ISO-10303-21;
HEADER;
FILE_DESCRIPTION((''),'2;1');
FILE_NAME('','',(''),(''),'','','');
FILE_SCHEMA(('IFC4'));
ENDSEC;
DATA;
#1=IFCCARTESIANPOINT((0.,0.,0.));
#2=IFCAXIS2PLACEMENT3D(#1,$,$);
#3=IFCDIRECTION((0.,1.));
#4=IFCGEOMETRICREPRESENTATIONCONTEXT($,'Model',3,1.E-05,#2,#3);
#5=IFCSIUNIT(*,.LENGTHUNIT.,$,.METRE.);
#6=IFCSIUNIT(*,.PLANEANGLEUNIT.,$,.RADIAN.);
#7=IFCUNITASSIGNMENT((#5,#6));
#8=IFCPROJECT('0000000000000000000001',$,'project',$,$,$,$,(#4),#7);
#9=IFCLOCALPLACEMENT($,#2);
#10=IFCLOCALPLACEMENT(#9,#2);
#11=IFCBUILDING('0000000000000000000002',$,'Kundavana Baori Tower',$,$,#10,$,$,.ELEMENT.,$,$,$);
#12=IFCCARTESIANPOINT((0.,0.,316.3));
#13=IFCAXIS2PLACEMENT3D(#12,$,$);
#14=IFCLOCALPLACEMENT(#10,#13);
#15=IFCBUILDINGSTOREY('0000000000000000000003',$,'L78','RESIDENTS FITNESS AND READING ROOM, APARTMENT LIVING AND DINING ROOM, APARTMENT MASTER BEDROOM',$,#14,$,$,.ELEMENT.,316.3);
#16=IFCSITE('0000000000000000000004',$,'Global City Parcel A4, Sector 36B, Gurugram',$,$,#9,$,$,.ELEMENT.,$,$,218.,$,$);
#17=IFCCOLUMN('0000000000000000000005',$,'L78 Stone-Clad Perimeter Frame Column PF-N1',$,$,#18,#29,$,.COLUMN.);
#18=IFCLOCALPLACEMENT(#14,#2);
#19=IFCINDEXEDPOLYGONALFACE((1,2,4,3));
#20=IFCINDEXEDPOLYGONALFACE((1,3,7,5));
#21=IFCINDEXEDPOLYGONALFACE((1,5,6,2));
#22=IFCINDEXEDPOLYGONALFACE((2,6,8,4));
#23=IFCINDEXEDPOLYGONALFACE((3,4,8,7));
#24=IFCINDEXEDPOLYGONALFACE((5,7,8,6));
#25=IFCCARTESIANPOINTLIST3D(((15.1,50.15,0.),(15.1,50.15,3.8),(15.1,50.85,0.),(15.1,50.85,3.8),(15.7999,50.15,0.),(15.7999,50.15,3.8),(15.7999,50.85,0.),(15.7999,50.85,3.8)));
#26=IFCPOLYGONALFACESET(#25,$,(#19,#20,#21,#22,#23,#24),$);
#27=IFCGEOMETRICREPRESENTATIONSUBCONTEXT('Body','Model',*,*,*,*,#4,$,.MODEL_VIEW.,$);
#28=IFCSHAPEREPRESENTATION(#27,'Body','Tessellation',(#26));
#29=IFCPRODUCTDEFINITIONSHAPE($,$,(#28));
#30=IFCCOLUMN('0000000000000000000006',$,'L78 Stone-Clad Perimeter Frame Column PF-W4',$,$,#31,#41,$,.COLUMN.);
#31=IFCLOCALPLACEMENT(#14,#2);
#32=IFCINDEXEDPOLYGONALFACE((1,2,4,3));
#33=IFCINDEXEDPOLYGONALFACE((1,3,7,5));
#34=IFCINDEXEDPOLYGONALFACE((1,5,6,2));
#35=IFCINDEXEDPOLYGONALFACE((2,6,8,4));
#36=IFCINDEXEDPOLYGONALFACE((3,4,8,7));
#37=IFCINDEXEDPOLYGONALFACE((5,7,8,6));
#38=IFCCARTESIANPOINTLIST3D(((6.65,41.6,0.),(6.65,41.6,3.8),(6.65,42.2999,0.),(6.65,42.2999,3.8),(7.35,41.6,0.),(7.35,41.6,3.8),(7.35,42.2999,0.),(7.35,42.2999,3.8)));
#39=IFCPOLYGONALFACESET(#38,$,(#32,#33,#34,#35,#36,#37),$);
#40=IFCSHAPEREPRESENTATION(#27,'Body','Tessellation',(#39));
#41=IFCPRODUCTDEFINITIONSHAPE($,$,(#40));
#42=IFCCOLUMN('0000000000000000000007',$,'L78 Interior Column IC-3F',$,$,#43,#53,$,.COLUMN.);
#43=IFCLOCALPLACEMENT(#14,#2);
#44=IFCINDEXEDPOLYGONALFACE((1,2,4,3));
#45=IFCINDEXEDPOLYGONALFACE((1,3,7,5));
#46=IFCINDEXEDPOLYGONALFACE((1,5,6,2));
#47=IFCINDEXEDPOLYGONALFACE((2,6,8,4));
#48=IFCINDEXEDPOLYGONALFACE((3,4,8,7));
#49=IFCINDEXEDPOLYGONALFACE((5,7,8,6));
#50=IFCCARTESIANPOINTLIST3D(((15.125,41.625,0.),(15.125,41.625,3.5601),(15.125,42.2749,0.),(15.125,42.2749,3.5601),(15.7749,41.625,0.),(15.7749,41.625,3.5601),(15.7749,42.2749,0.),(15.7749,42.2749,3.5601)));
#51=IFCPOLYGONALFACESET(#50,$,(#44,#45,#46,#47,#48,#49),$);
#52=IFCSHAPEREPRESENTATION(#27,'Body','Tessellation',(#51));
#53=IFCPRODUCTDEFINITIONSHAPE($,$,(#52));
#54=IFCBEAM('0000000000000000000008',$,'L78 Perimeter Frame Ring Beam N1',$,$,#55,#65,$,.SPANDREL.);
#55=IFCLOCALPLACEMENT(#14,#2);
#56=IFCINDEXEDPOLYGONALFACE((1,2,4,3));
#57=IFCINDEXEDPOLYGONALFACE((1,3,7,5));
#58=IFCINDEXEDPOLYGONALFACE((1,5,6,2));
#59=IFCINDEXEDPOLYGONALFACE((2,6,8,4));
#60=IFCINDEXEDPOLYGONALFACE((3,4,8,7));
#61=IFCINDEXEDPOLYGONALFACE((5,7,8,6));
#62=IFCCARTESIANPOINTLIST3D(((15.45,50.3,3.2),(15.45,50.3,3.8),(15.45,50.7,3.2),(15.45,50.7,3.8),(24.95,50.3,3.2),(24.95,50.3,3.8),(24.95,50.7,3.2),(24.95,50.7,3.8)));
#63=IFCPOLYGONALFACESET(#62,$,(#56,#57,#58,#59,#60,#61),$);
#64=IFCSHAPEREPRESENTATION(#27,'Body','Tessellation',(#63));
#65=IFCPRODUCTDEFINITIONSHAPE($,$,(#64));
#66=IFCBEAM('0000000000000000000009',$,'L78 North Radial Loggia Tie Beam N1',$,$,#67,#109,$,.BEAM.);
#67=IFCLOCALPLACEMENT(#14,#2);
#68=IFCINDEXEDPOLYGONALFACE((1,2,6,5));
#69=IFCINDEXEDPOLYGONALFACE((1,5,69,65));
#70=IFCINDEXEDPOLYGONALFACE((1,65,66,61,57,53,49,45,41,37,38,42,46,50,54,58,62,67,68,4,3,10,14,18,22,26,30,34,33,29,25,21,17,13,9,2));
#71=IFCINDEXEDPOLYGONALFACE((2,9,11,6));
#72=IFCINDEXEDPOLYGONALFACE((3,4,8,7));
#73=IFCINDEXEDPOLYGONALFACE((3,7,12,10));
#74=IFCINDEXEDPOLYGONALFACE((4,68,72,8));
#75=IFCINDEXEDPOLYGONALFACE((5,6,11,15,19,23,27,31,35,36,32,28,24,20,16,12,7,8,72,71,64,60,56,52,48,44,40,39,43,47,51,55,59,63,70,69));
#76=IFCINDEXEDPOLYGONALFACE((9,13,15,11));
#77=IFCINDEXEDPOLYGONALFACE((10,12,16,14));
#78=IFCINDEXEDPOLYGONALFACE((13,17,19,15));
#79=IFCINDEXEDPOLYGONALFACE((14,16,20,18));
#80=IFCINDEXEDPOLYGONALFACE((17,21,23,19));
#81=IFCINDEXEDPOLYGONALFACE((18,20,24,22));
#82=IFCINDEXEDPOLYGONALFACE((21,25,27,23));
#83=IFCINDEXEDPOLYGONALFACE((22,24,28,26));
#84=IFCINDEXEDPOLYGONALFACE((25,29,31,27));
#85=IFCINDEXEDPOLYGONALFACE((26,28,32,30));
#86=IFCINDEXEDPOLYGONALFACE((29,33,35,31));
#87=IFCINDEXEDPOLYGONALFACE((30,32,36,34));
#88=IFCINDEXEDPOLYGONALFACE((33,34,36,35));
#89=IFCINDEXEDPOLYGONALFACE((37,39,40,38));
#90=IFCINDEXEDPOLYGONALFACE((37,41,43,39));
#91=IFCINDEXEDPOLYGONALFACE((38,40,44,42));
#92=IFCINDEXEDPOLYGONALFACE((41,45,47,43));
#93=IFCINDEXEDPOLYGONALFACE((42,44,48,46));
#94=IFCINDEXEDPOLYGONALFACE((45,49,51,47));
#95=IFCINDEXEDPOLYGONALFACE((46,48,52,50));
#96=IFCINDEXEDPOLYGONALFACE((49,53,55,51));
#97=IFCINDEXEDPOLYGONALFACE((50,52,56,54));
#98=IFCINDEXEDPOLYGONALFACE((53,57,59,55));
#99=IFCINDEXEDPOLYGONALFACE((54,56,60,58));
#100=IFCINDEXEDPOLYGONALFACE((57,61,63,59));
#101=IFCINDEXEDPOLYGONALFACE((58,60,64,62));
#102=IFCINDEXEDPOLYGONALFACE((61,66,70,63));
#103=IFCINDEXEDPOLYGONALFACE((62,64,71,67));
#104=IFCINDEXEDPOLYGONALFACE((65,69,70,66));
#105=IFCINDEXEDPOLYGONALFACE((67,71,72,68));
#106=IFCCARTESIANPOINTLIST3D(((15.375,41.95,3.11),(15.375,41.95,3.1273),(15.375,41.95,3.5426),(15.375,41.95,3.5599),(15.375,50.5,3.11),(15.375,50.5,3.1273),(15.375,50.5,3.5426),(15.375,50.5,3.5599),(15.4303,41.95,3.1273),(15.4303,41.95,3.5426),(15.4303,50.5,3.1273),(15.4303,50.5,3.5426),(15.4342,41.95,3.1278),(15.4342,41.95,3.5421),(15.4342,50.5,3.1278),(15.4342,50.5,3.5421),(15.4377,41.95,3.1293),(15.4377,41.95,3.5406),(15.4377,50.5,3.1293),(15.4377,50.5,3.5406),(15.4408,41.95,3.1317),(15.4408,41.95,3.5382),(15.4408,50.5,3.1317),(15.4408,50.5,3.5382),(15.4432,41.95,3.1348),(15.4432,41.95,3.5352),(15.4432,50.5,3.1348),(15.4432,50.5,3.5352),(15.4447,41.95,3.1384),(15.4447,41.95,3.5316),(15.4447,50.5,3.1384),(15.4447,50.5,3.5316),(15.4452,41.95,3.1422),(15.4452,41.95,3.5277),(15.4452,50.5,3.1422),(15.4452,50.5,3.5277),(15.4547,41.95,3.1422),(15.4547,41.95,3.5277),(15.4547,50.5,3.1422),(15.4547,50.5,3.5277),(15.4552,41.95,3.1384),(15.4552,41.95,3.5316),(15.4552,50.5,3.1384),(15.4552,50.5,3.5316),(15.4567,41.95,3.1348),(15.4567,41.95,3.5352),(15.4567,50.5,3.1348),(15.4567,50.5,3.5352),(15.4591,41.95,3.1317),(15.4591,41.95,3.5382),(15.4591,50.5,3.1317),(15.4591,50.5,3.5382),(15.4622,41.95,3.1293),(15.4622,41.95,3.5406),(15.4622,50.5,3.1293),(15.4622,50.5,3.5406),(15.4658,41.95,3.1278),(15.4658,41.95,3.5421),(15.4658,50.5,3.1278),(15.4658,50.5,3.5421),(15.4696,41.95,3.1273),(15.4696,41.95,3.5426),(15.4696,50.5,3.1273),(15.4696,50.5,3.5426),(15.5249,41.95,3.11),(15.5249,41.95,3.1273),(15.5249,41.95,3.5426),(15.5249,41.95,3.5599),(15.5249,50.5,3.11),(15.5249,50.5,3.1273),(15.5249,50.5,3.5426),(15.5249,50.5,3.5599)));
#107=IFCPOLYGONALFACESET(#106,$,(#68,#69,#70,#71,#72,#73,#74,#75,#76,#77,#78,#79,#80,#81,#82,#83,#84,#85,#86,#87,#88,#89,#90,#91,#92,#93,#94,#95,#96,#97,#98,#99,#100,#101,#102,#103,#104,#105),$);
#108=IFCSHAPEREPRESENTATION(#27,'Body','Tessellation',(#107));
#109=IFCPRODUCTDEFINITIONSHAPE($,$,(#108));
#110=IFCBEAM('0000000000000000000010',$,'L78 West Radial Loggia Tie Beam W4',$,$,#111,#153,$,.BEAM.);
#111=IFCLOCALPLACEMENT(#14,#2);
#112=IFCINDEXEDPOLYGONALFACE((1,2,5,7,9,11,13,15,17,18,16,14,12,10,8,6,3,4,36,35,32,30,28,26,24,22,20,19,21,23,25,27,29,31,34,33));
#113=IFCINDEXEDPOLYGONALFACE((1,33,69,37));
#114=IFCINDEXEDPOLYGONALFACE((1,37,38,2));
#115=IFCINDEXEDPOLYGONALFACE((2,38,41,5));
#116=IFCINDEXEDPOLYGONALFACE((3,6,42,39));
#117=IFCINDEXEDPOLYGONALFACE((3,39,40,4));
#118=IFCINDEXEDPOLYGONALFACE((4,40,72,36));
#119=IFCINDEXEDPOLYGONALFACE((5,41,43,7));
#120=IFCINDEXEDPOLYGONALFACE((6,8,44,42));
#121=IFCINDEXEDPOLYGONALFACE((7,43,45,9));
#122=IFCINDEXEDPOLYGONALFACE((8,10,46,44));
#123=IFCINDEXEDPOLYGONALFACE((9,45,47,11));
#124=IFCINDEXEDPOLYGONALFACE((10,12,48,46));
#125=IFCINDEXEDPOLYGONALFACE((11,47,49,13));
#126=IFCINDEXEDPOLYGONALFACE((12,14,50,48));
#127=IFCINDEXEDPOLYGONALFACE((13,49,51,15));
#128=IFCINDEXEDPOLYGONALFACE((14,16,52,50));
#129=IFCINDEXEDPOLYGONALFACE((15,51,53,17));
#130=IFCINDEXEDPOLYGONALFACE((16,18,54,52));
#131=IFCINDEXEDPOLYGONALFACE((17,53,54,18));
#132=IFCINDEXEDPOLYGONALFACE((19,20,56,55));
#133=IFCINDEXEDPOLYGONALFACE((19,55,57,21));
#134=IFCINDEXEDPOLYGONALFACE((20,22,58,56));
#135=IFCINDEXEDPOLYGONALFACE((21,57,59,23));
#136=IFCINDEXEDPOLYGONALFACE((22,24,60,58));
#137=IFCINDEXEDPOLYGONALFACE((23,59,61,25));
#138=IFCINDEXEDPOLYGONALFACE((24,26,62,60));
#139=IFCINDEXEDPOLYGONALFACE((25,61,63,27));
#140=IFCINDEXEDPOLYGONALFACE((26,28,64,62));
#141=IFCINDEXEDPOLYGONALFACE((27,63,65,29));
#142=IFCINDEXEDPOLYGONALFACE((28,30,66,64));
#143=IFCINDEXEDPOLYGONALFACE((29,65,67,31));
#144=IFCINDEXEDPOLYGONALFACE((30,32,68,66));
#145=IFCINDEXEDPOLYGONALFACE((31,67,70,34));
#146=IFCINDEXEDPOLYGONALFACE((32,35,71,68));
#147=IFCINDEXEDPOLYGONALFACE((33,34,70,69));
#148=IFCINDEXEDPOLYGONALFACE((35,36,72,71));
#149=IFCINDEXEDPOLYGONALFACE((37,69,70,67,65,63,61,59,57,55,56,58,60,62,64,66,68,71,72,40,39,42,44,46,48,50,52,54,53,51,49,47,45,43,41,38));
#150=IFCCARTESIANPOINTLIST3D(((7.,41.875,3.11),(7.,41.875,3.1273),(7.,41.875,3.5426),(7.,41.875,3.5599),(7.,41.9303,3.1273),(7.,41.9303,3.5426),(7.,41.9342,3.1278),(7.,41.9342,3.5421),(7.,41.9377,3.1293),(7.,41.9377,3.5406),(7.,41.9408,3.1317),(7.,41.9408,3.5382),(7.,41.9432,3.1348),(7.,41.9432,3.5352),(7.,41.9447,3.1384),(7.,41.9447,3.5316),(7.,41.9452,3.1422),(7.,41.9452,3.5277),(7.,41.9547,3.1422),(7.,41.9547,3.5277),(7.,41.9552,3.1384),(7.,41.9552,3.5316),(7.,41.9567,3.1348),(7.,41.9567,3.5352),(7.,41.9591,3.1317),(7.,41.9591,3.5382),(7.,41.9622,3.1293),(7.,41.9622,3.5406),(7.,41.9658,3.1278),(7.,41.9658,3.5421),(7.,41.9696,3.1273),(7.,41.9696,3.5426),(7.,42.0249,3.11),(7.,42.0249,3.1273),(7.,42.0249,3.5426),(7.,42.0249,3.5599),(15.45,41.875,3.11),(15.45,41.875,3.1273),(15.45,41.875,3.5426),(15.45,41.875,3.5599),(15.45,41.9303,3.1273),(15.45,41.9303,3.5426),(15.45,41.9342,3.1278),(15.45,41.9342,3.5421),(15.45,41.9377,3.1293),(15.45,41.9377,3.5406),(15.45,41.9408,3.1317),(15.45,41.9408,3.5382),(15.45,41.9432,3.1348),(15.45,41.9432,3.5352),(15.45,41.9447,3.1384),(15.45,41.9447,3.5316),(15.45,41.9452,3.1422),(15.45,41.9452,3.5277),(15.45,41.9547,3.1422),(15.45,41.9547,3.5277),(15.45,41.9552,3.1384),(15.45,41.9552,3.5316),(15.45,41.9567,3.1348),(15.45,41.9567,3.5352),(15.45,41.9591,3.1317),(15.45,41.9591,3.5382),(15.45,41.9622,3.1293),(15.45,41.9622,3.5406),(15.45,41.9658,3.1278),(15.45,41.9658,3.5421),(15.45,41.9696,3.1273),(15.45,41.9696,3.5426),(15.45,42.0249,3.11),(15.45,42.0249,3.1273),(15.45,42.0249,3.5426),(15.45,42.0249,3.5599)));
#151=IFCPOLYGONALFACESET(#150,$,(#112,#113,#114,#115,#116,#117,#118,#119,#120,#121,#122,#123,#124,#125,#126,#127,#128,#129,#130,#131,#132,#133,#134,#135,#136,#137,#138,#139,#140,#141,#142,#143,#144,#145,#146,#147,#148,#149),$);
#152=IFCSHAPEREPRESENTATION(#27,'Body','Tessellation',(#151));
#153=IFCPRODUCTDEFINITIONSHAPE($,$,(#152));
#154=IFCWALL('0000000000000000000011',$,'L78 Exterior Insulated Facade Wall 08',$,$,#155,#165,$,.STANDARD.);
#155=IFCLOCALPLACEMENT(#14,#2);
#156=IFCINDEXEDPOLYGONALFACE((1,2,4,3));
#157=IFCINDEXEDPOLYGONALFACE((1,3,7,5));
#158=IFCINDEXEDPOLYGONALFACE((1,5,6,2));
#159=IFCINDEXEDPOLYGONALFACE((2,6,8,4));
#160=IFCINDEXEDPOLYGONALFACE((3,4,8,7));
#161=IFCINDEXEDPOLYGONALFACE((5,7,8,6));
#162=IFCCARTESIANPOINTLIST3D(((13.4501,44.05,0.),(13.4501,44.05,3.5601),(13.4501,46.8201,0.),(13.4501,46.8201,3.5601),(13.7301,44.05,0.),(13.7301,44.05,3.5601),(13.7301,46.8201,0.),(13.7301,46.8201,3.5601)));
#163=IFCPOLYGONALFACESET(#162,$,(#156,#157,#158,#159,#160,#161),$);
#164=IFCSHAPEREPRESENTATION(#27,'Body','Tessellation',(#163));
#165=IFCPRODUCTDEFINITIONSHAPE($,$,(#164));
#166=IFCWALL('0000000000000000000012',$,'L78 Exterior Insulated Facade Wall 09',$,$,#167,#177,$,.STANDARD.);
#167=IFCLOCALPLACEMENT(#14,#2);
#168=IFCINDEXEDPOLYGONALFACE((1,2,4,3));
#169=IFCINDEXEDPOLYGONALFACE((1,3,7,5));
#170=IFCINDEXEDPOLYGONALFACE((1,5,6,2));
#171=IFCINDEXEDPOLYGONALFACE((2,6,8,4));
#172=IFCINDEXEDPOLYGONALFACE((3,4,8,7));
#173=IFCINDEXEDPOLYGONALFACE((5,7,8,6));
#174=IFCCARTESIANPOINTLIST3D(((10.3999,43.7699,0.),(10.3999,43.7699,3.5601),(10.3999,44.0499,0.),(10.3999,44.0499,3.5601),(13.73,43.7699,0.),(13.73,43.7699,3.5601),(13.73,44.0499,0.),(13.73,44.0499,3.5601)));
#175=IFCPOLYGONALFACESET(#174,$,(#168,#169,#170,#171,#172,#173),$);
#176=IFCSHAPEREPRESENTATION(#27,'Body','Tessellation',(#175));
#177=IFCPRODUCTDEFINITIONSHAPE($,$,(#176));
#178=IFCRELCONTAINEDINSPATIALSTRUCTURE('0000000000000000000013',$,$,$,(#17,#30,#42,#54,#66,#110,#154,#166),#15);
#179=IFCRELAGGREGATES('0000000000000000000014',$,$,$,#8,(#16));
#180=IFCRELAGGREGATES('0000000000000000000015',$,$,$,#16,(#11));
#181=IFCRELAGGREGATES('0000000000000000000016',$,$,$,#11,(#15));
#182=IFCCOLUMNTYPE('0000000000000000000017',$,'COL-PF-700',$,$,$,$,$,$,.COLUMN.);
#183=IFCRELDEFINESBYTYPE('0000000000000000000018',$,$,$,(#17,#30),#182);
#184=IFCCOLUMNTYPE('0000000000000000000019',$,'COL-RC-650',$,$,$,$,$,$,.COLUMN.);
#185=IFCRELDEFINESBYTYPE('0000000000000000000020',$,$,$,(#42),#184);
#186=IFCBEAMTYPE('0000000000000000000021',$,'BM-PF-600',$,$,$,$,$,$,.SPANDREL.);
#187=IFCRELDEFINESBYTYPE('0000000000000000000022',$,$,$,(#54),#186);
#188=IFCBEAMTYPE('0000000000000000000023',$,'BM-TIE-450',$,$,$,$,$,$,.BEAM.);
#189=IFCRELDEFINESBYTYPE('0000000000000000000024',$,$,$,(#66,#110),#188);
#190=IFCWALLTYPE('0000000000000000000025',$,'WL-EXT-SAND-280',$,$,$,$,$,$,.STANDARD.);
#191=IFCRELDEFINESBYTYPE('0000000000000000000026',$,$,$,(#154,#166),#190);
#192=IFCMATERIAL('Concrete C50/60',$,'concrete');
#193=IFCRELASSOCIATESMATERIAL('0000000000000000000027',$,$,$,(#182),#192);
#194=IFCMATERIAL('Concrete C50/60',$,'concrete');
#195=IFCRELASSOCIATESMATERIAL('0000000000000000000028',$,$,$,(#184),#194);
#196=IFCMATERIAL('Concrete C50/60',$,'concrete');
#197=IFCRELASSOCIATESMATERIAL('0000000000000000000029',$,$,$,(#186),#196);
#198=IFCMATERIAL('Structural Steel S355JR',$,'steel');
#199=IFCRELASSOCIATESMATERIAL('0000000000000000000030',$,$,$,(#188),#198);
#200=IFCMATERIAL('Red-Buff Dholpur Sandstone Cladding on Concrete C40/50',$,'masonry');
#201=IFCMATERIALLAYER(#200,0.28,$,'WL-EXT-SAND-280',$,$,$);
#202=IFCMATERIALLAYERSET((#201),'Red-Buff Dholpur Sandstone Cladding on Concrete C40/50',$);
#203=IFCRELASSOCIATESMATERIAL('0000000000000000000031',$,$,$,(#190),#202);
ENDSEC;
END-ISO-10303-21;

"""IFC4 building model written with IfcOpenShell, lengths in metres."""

from ifc_helpers import new_model, si_unit, direction, frame, frame_2d, origin, origin_2d, place, context, subcontext, project, spatial, rectangle, i_section, extrude, material, layer, layer_set, material_profile, profile_set, type_object, element, save


model = new_model("IFC4")

# Units and contexts
model_context = context("Model", 3, precision=1e-05, world=origin(), true_north=direction((0.0, 1.0)))
body_context = subcontext(model_context, "Body", "Model", "MODEL_VIEW")
ifc_project = project(units=[si_unit("LENGTHUNIT", "METRE"), si_unit("PLANEANGLEUNIT", "RADIAN")], contexts=[model_context])

# Site, building, storey
site_placement = place(None, origin())
site = spatial("IfcSite", under=ifc_project, at=site_placement, Name="Global City Parcel A4, Sector 36B, Gurugram", CompositionType="ELEMENT", RefElevation=218.0)
building_placement = place(site_placement, origin())
building = spatial("IfcBuilding", under=site, at=building_placement, Name="Kundavana Baori Tower", CompositionType="ELEMENT")
storey_placement = place(building_placement, frame((0.0, 0.0, 316.3)))
storey = spatial("IfcBuildingStorey", under=building, at=storey_placement, Name="L78", Description="RESIDENTS FITNESS AND READING ROOM, APARTMENT LIVING AND DINING ROOM, APARTMENT MASTER BEDROOM", CompositionType="ELEMENT", Elevation=316.3)

# Columns
ifc_material_1 = material(Name="Concrete C50/60", Category="concrete")
ifc_material_profile_1 = material_profile(ifc_material_1, rectangle(XDim=0.7, YDim=0.7, at=origin_2d()), Name="RC PF 700x700")
ifc_profile_set_1 = profile_set([ifc_material_profile_1], Name="Concrete C50/60")
column_type_1 = type_object("IfcColumnType", Name="COL-PF-700", PredefinedType="COLUMN", material=ifc_profile_set_1)
for number, where, z_axis, x_axis, name in (
    (1, (15.45, 50.5, 0.0), (0.0, 0.0, 1.0), (1.0, 0.0, 0.0), "L78 Stone-Clad Perimeter Frame Column PF-N1"),
    (2, (7.0, 41.95, 0.0), (0.0, 0.0, 1.0), (1.0, 0.0, 0.0), "L78 Stone-Clad Perimeter Frame Column PF-W4"),
):
    element("IfcColumn", number, at=place(storey_placement, frame(where, z_axis=z_axis, x_axis=x_axis)), inside=storey, type_object=column_type_1, Name=name, PredefinedType="COLUMN", context=body_context, shape_type="SweptSolid", body=[
        extrude(rectangle(XDim=0.7, YDim=0.7, at=origin_2d()), origin(), (0.0, 0.0, 1.0), 3.8),
    ])
ifc_material_2 = material(Name="Concrete C50/60", Category="concrete")
ifc_material_profile_2 = material_profile(ifc_material_2, rectangle(XDim=0.6499, YDim=0.6499, at=origin_2d()), Name="RC 650x650")
ifc_profile_set_2 = profile_set([ifc_material_profile_2], Name="Concrete C50/60")
column_type_2 = type_object("IfcColumnType", Name="COL-RC-650", PredefinedType="COLUMN", material=ifc_profile_set_2)
column_placement = place(storey_placement, frame((15.45, 41.95, 0.0), z_axis=(0.0, 0.0, 1.0), x_axis=(1.0, 0.0, 0.0)))
element("IfcColumn", 3, at=column_placement, inside=storey, type_object=column_type_2, Name="L78 Interior Column IC-3F", PredefinedType="COLUMN", context=body_context, shape_type="SweptSolid", body=[
    extrude(rectangle(XDim=0.6499, YDim=0.6499, at=origin_2d()), origin(), (0.0, 0.0, 1.0), 3.5601),
])

# Beams
ifc_material_3 = material(Name="Concrete C50/60", Category="concrete")
ifc_material_profile_3 = material_profile(ifc_material_3, rectangle(XDim=0.3999, YDim=0.6001, at=origin_2d()), Name="RC BM 400x600")
ifc_profile_set_3 = profile_set([ifc_material_profile_3], Name="Concrete C50/60")
beam_type_1 = type_object("IfcBeamType", Name="BM-PF-600", PredefinedType="SPANDREL", material=ifc_profile_set_3)
beam_1_placement = place(storey_placement, frame((15.45, 50.5, 3.5), z_axis=(1.0, 0.0, 0.0), x_axis=(0.0, 1.0, 0.0)))
element("IfcBeam", 4, at=beam_1_placement, inside=storey, type_object=beam_type_1, Name="L78 Perimeter Frame Ring Beam N1", PredefinedType="SPANDREL", context=body_context, shape_type="SweptSolid", body=[
    extrude(rectangle(XDim=0.3999, YDim=0.6001, at=origin_2d()), origin(), (0.0, 0.0, 1.0), 9.5),
])
ifc_material_4 = material(Name="Structural Steel S355JR", Category="steel")
ifc_material_profile_4 = material_profile(ifc_material_4, i_section(OverallWidth=0.1499, OverallDepth=0.45, WebThickness=0.0095, FlangeThickness=0.0173, FilletRadius=0.0149, at=origin_2d()), Name="ISMB 450")
ifc_profile_set_4 = profile_set([ifc_material_profile_4], Name="Structural Steel S355JR")
beam_type_2 = type_object("IfcBeamType", Name="BM-TIE-450", PredefinedType="BEAM", material=ifc_profile_set_4)
beam_2_placement = place(storey_placement, frame((15.45, 41.95, 3.335), z_axis=(0.0, 1.0, 0.0), x_axis=(-1.0, 0.0, 0.0)))
element("IfcBeam", 5, at=beam_2_placement, inside=storey, type_object=beam_type_2, Name="L78 North Radial Loggia Tie Beam N1", PredefinedType="BEAM", context=body_context, shape_type="SweptSolid", body=[
    extrude(i_section(OverallWidth=0.1499, OverallDepth=0.45, WebThickness=0.0095, FlangeThickness=0.0173, FilletRadius=0.0149, at=origin_2d()), origin(), (0.0, 0.0, 1.0), 8.55),
])
beam_3_placement = place(storey_placement, frame((15.45, 41.95, 3.335), z_axis=(-1.0, 0.0, 0.0), x_axis=(0.0, -1.0, 0.0)))
element("IfcBeam", 6, at=beam_3_placement, inside=storey, type_object=beam_type_2, Name="L78 West Radial Loggia Tie Beam W4", PredefinedType="BEAM", context=body_context, shape_type="SweptSolid", body=[
    extrude(i_section(OverallWidth=0.1499, OverallDepth=0.45, WebThickness=0.0095, FlangeThickness=0.0173, FilletRadius=0.0149, at=origin_2d()), origin(), (0.0, 0.0, 1.0), 8.45),
])

# Walls
ifc_material_5 = material(Name="Red-Buff Dholpur Sandstone Cladding on Concrete C40/50", Category="masonry")
ifc_layer_1 = layer(ifc_material_5, 0.28, Name="WL-EXT-SAND-280")
ifc_layer_set_1 = layer_set([ifc_layer_1], Name="Red-Buff Dholpur Sandstone Cladding on Concrete C40/50")
wall_type_1 = type_object("IfcWallType", Name="WL-EXT-SAND-280", PredefinedType="STANDARD", material=ifc_layer_set_1)
wall_1_placement = place(storey_placement, frame((13.5901, 46.8201, 0.0), z_axis=(0.0, 0.0, 1.0), x_axis=(0.0, -1.0, 0.0)))
element("IfcWall", 7, at=wall_1_placement, inside=storey, type_object=wall_type_1, Name="L78 Exterior Insulated Facade Wall 08", PredefinedType="STANDARD", context=body_context, shape_type="SweptSolid", body=[
    extrude(rectangle(XDim=2.77, YDim=0.28, at=frame_2d((1.385, 0.0))), origin(), (0.0, 0.0, 1.0), 3.5601),
])
wall_2_placement = place(storey_placement, frame((13.73, 43.9099, 0.0), z_axis=(0.0, 0.0, 1.0), x_axis=(-1.0, 0.0, 0.0)))
element("IfcWall", 8, at=wall_2_placement, inside=storey, type_object=wall_type_1, Name="L78 Exterior Insulated Facade Wall 09", PredefinedType="STANDARD", context=body_context, shape_type="SweptSolid", body=[
    extrude(rectangle(XDim=3.3301, YDim=0.28, at=frame_2d((1.665, 0.0))), origin(), (0.0, 0.0, 1.0), 3.5601),
])

save(model, "model.ifc")
